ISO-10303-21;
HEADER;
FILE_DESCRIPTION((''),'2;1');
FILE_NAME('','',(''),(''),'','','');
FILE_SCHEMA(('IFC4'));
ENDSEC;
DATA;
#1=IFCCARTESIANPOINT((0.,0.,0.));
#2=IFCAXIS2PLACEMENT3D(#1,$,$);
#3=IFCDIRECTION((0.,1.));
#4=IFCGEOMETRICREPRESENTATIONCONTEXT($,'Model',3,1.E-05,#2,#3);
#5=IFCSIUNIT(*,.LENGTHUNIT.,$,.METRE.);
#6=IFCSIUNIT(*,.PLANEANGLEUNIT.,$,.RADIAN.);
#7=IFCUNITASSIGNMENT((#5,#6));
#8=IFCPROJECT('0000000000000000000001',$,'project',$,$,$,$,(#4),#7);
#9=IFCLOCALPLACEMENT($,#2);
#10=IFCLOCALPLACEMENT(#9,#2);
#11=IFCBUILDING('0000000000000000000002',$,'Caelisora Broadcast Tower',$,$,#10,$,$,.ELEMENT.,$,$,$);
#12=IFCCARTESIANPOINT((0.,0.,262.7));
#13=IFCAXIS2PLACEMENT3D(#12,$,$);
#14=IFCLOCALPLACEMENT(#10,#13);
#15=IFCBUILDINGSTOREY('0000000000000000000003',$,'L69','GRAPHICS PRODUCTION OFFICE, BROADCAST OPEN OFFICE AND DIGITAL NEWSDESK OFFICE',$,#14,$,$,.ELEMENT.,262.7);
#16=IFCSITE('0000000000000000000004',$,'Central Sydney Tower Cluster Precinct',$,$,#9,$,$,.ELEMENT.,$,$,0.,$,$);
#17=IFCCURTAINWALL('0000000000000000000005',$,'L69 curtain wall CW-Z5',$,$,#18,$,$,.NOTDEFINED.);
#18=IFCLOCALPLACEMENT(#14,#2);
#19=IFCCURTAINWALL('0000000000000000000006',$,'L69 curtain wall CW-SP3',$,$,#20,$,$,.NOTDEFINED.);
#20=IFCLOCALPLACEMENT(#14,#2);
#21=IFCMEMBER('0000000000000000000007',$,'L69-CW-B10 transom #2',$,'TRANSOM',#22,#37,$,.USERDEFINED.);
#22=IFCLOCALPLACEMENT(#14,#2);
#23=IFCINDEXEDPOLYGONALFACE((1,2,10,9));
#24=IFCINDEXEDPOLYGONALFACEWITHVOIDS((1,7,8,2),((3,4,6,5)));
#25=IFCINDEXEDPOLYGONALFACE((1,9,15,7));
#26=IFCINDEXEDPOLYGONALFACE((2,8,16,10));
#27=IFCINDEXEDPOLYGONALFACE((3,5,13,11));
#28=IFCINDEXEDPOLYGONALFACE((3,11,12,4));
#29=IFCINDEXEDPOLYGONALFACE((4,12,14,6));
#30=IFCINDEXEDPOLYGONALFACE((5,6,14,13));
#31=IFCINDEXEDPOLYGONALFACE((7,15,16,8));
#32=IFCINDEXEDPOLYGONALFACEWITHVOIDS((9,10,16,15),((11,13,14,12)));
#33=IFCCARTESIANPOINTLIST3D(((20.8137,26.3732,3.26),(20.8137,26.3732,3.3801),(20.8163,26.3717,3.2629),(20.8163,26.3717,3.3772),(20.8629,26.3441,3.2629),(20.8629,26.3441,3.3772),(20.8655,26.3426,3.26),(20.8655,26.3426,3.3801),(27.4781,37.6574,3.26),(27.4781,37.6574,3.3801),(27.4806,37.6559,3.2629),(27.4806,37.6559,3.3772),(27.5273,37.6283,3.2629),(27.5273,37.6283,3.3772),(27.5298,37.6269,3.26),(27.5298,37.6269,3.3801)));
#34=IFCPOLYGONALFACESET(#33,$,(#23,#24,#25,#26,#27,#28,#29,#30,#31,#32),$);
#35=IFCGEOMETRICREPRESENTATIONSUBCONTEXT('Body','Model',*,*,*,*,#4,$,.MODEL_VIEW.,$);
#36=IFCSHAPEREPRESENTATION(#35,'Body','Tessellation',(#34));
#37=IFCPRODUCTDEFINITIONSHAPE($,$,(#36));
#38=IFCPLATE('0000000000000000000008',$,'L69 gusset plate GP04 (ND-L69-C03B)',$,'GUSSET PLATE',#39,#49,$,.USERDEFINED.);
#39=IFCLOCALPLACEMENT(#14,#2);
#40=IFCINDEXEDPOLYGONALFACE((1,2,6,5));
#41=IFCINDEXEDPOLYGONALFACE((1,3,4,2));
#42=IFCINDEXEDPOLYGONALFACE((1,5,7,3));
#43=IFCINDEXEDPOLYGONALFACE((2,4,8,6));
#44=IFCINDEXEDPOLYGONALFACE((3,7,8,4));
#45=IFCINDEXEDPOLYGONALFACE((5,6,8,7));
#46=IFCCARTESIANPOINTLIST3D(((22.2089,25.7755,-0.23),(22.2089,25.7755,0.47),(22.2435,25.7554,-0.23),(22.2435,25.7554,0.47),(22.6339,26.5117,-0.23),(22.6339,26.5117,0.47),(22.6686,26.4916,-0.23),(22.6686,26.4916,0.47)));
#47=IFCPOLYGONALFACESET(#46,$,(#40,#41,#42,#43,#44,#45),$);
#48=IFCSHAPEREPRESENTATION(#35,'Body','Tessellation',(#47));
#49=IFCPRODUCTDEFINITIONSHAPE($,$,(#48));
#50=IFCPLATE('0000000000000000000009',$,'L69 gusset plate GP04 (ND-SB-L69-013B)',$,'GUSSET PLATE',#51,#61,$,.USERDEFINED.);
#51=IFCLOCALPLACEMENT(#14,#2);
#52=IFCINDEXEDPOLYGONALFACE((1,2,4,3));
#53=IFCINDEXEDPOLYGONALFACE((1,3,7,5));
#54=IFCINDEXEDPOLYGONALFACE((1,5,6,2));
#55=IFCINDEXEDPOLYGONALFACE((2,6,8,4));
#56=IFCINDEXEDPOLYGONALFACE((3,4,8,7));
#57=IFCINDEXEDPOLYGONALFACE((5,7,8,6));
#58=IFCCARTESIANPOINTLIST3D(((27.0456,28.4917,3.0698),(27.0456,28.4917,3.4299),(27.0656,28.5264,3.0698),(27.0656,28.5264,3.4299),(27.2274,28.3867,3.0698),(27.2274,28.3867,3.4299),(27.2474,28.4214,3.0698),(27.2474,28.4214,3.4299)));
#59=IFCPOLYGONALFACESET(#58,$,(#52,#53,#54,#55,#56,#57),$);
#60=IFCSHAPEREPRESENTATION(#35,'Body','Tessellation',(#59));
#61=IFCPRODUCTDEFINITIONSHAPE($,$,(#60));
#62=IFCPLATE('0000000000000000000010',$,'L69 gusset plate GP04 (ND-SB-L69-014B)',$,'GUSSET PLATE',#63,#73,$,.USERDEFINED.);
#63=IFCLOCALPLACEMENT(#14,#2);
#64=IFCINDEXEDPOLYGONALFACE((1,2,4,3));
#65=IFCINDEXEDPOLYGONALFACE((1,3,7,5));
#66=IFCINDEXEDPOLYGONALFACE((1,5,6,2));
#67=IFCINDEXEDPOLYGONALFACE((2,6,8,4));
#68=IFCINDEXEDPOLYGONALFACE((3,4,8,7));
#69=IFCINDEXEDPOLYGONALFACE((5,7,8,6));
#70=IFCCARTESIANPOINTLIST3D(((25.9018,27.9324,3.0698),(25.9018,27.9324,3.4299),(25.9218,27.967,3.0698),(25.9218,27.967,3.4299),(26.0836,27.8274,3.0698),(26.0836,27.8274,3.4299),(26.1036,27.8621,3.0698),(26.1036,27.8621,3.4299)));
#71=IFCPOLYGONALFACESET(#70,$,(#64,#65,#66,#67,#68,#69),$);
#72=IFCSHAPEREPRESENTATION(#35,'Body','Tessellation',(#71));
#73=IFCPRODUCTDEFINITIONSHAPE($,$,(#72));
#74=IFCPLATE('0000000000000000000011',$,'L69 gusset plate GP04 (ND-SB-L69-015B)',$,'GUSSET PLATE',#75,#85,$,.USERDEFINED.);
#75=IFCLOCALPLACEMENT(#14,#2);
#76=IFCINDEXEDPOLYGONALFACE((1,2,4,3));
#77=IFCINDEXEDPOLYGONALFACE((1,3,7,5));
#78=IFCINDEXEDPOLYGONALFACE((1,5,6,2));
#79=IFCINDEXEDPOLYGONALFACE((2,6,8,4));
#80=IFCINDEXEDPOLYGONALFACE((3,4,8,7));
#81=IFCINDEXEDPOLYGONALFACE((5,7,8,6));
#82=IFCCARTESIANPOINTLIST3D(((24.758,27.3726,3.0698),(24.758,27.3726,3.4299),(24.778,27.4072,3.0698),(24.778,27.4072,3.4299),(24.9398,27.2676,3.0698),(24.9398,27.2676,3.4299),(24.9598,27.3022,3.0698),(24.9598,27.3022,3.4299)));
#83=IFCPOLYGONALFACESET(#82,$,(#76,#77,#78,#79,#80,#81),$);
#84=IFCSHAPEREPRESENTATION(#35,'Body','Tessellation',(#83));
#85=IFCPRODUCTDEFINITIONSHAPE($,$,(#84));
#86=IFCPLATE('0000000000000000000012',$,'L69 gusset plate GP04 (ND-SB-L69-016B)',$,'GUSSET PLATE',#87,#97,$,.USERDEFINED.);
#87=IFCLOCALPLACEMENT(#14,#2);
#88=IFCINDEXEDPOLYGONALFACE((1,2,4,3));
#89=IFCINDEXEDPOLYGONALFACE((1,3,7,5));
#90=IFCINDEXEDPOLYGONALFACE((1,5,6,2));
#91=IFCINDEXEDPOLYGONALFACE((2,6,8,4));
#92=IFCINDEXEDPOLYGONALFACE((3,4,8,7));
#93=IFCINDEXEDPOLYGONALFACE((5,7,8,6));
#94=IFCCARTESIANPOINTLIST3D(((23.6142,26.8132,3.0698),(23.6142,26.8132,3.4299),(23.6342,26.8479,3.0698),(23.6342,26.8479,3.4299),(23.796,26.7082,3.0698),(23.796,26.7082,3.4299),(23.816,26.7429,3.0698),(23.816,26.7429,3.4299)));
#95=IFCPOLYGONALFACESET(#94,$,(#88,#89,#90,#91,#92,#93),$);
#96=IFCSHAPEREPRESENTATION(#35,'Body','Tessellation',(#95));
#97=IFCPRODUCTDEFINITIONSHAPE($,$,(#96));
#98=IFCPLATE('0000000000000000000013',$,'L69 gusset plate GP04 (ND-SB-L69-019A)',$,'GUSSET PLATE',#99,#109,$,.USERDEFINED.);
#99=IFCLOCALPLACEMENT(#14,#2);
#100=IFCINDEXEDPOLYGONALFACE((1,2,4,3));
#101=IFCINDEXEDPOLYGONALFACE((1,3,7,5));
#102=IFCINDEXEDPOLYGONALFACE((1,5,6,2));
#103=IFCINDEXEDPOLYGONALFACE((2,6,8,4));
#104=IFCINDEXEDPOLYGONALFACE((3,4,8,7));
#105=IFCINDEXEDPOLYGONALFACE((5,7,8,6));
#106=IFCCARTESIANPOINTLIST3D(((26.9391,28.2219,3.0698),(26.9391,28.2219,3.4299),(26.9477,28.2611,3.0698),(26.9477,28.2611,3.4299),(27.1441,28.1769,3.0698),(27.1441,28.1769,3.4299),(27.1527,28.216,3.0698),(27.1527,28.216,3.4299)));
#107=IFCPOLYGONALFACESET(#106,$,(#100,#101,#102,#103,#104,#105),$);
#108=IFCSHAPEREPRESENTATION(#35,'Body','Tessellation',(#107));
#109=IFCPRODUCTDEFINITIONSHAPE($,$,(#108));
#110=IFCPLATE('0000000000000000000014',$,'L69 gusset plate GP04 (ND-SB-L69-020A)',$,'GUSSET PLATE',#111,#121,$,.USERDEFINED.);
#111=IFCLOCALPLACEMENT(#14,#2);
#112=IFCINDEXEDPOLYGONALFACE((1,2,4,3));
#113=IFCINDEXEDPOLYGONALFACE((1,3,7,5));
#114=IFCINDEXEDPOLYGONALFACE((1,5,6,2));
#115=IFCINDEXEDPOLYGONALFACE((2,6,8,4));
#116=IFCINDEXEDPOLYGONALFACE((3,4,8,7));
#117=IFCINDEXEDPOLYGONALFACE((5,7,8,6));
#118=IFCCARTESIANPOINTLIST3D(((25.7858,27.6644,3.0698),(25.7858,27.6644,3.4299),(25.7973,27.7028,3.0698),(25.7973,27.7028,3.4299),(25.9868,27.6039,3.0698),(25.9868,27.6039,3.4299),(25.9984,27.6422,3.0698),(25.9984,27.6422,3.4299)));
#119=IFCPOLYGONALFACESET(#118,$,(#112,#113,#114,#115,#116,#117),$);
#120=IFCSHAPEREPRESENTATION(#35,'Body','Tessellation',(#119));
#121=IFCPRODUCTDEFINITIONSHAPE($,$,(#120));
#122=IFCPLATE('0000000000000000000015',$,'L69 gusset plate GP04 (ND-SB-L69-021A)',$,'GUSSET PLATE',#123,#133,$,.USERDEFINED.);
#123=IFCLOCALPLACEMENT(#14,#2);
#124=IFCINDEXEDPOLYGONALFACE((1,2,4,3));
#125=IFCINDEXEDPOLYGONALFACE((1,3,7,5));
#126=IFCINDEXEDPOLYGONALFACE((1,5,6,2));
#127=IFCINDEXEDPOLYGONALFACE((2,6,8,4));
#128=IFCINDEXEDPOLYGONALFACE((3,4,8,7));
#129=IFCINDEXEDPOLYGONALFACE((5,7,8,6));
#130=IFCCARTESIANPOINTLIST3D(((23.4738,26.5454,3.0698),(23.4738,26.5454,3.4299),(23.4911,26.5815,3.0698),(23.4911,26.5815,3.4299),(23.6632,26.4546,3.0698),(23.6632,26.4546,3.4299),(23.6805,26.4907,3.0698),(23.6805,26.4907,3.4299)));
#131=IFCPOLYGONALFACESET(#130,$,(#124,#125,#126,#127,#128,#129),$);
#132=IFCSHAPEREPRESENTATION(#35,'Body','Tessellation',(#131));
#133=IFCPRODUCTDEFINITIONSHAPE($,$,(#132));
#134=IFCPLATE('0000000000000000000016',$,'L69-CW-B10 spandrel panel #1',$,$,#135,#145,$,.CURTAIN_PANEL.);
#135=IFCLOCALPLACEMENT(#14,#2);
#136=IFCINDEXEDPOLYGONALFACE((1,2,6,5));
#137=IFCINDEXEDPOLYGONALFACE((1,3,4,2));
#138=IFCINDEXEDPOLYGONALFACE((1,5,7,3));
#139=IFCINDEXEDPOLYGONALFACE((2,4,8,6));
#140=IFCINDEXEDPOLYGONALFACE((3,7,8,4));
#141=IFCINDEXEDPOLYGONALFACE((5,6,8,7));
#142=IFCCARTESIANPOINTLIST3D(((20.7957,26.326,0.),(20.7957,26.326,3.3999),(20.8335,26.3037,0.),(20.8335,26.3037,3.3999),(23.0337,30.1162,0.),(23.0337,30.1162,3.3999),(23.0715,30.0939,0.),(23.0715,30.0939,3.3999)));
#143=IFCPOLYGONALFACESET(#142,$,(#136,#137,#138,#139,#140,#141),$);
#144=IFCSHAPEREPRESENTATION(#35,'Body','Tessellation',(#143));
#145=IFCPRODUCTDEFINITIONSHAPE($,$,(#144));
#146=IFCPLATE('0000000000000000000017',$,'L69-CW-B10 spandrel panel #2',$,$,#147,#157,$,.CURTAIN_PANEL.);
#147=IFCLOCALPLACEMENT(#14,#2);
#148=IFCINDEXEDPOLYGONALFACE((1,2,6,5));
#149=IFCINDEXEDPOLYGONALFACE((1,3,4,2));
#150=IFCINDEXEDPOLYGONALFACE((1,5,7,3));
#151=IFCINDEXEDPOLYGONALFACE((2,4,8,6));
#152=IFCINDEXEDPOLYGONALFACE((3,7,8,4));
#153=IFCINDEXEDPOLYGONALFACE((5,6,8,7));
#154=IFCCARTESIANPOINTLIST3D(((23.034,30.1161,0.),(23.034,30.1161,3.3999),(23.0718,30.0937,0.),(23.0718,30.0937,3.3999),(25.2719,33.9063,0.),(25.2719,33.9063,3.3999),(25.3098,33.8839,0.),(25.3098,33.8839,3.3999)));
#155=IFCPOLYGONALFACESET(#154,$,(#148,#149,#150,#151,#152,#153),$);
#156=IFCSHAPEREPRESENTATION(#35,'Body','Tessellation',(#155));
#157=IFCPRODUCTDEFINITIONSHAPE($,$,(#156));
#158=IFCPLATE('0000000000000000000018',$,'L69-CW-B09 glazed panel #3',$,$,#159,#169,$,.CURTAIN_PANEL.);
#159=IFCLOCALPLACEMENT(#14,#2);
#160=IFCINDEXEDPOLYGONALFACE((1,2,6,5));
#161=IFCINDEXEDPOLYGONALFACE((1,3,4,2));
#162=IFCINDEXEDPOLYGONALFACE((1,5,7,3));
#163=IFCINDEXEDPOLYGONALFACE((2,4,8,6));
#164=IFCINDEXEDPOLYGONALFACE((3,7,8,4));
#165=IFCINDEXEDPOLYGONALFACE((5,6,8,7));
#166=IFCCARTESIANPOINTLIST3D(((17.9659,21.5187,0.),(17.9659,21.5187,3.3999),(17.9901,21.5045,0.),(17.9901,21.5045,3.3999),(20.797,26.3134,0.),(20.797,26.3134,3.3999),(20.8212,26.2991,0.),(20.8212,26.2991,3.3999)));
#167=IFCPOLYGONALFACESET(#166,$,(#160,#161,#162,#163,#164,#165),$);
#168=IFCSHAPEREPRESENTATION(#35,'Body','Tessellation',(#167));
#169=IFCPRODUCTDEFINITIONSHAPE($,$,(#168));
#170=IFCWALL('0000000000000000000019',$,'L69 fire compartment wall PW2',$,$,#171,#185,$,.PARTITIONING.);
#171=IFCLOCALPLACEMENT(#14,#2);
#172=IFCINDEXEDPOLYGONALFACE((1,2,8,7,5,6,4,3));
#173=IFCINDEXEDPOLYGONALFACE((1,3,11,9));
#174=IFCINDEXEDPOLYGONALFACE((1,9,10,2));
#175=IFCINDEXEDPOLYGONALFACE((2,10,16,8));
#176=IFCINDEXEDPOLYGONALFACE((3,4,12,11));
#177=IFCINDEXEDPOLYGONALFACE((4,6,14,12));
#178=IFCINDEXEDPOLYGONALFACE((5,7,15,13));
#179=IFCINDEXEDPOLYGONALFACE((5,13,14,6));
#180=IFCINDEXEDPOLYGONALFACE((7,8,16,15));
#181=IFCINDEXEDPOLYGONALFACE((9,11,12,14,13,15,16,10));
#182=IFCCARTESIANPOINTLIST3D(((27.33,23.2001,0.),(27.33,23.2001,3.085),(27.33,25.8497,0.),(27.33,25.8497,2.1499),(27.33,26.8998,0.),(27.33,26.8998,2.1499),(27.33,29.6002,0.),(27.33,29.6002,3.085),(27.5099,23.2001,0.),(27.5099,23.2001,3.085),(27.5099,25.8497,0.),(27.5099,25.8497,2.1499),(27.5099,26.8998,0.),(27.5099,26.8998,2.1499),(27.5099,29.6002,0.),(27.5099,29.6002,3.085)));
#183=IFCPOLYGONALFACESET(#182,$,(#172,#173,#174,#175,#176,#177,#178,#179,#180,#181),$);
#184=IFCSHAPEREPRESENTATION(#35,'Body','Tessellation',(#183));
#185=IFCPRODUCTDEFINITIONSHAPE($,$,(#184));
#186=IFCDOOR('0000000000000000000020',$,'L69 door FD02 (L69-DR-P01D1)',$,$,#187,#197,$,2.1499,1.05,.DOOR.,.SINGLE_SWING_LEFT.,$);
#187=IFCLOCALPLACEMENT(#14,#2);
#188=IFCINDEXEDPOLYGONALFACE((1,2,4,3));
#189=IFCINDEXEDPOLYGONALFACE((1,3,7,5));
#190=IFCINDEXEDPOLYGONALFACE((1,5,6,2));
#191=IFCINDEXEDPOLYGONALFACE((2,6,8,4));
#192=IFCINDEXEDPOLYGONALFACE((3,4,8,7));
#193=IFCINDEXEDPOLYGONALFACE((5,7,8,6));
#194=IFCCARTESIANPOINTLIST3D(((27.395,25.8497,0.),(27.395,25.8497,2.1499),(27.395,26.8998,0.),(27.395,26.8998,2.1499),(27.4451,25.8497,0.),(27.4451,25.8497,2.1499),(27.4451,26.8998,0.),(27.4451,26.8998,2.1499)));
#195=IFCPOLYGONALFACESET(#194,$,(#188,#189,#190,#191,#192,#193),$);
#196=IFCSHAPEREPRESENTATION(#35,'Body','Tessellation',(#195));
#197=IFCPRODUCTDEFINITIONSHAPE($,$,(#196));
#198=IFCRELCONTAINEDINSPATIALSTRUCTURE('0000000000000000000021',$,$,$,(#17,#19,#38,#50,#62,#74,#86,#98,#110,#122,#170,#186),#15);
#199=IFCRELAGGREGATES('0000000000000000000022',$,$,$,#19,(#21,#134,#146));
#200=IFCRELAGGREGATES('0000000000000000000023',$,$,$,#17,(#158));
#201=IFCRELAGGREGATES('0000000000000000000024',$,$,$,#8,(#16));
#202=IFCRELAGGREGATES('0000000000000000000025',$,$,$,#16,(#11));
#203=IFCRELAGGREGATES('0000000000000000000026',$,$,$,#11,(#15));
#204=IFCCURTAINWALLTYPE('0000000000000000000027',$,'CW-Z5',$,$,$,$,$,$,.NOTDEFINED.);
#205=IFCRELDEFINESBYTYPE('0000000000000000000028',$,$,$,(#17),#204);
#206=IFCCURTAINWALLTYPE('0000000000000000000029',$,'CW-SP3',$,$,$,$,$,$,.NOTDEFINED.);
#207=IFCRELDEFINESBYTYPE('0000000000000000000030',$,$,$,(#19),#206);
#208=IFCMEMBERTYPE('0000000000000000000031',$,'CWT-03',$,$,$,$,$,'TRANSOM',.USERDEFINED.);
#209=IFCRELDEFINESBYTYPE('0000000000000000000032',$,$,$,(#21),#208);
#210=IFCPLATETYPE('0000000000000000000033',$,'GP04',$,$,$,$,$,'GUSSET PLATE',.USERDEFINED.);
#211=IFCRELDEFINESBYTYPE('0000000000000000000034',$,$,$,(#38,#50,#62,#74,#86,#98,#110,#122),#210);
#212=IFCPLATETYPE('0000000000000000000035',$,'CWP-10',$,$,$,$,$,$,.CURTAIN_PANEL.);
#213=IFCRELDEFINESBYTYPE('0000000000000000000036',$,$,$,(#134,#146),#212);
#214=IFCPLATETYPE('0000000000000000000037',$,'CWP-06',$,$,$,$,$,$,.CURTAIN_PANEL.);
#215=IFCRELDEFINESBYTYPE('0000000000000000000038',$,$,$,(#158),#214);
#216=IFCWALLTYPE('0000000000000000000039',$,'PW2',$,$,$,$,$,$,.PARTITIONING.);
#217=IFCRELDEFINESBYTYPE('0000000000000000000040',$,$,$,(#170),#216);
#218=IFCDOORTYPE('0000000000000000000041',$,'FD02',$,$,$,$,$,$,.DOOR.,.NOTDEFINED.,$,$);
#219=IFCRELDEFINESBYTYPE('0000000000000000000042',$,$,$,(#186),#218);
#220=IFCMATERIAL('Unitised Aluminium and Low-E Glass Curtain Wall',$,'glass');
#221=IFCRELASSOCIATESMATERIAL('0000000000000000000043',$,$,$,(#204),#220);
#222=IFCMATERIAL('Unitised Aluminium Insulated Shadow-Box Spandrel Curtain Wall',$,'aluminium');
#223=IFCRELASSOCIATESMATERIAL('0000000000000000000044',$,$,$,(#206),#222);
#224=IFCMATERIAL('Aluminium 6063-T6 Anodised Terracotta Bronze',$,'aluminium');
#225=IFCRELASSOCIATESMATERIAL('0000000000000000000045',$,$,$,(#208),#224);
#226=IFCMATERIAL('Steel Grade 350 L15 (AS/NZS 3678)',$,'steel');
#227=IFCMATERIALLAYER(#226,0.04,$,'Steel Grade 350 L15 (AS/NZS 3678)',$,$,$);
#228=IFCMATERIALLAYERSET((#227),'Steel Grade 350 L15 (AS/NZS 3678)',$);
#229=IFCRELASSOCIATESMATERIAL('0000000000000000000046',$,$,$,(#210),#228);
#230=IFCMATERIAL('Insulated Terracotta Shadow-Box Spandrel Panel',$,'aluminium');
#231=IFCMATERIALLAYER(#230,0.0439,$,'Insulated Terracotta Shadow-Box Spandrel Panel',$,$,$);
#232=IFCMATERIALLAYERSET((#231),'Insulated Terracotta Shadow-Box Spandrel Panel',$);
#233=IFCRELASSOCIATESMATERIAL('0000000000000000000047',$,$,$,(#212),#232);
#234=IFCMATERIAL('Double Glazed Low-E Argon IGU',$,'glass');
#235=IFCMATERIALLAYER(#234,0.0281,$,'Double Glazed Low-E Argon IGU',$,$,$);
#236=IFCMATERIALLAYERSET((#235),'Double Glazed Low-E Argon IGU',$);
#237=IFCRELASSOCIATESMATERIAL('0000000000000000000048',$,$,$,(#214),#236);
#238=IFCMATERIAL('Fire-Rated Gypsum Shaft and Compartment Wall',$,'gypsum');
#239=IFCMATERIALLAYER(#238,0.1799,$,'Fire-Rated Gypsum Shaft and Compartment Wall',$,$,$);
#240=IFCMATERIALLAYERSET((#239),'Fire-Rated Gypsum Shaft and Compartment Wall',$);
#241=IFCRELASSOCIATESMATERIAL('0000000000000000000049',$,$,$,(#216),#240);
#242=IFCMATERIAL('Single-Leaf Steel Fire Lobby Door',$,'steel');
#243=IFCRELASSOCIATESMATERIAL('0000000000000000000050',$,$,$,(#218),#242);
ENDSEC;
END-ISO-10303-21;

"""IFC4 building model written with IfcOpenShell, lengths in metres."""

from ifc_helpers import new_model, si_unit, direction, frame, frame_2d, origin, origin_2d, place, context, subcontext, project, spatial, rectangle, hollow_rectangle, extrude, source, transform, mapped, material, layer, layer_set, material_profile, profile_set, type_object, type_shapes, element, fill, aggregate, save


model = new_model("IFC4")

# Units and contexts
model_context = context("Model", 3, precision=1e-05, world=origin(), true_north=direction((0.0, 1.0)))
body_context = subcontext(model_context, "Body", "Model", "MODEL_VIEW")
ifc_project = project(units=[si_unit("LENGTHUNIT", "METRE"), si_unit("PLANEANGLEUNIT", "RADIAN")], contexts=[model_context])

# Site, building, storey
site_placement = place(None, origin())
site = spatial("IfcSite", under=ifc_project, at=site_placement, Name="Central Sydney Tower Cluster Precinct", CompositionType="ELEMENT", RefElevation=0.0)
building_placement = place(site_placement, origin())
building = spatial("IfcBuilding", under=site, at=building_placement, Name="Caelisora Broadcast Tower", CompositionType="ELEMENT")
storey_placement = place(building_placement, frame((0.0, 0.0, 262.7)))
storey = spatial("IfcBuildingStorey", under=building, at=storey_placement, Name="L69", Description="GRAPHICS PRODUCTION OFFICE, BROADCAST OPEN OFFICE AND DIGITAL NEWSDESK OFFICE", CompositionType="ELEMENT", Elevation=262.7)

# Shared definitions
ifc_material_1 = material(Name="Steel Grade 350 L15 (AS/NZS 3678)", Category="steel")

# Curtain wall
ifc_material_2 = material(Name="Unitised Aluminium and Low-E Glass Curtain Wall", Category="glass")
curtain_wall_type_1 = type_object("IfcCurtainWallType", Name="CW-Z5", PredefinedType="NOTDEFINED", material=ifc_material_2)
curtain_wall_1_placement = place(storey_placement, origin())
curtain_wall_1 = element("IfcCurtainWall", 1, at=curtain_wall_1_placement, inside=storey, type_object=curtain_wall_type_1, Name="L69 curtain wall CW-Z5", PredefinedType="NOTDEFINED")
ifc_material_3 = material(Name="Aluminium 6063-T6 Anodised Terracotta Bronze", Category="aluminium")

# Curtain wall, member
ifc_material_4 = material(Name="Unitised Aluminium Insulated Shadow-Box Spandrel Curtain Wall", Category="aluminium")
curtain_wall_type_2 = type_object("IfcCurtainWallType", Name="CW-SP3", PredefinedType="NOTDEFINED", material=ifc_material_4)
curtain_wall_2_placement = place(storey_placement, origin())
curtain_wall_2 = element("IfcCurtainWall", 2, at=curtain_wall_2_placement, inside=storey, type_object=curtain_wall_type_2, Name="L69 curtain wall CW-SP3", PredefinedType="NOTDEFINED")
ifc_material_profile_1 = material_profile(ifc_material_3, hollow_rectangle(XDim=0.0601, YDim=0.1201, WallThickness=0.0029, at=origin_2d()), Name="Aluminium 6063-T6 Anodised Terracotta Bronze")
ifc_profile_set_1 = profile_set([ifc_material_profile_1], Name="Aluminium 6063-T6 Anodised Terracotta Bronze")
member_type_1 = type_object("IfcMemberType", Name="CWT-03", ElementType="TRANSOM", PredefinedType="USERDEFINED", material=ifc_profile_set_1)
shared_shape_1 = source(origin(), body_context, "Body", "SweptSolid", [
    extrude(hollow_rectangle(XDim=0.0601, YDim=0.1201, WallThickness=0.0029, at=origin_2d()), origin(), (0.0, 0.0, 1.0), 13.1052),
])
type_shapes(member_type_1, [shared_shape_1])
member_1_placement = place(storey_placement, frame((20.8396, 26.3579, 3.3201), z_axis=(0.508525, 0.861047, 0.0), x_axis=(-0.861047, 0.508525, 0.0)))
member_1 = element("IfcMember", 3, at=member_1_placement, type_object=member_type_1, Name="L69-CW-B10 transom #2", ObjectType="TRANSOM", PredefinedType="USERDEFINED", context=body_context, shape_type="MappedRepresentation", body=[
    mapped(shared_shape_1, transform((0.0, 0.0, 0.0), scale=1.0)),
])

# Plates
ifc_layer_1 = layer(ifc_material_1, 0.04, Name="Steel Grade 350 L15 (AS/NZS 3678)")
ifc_layer_set_1 = layer_set([ifc_layer_1], Name="Steel Grade 350 L15 (AS/NZS 3678)")
plate_type_1 = type_object("IfcPlateType", Name="GP04", ElementType="GUSSET PLATE", PredefinedType="USERDEFINED", material=ifc_layer_set_1)
shared_shape_2 = source(origin(), body_context, "Body", "SweptSolid", [
    extrude(rectangle(XDim=0.8501, YDim=0.04, at=origin_2d()), origin(), (0.0, 0.0, 1.0), 0.7),
])
plate_1_placement = place(storey_placement, frame((22.4387, 26.1335, -0.23), z_axis=(0.0, 0.0, 1.0), x_axis=(-0.5, -0.866025, 0.0)))
element("IfcPlate", 4, at=plate_1_placement, inside=storey, type_object=plate_type_1, Name="L69 gusset plate GP04 (ND-L69-C03B)", ObjectType="GUSSET PLATE", PredefinedType="USERDEFINED", context=body_context, shape_type="MappedRepresentation", body=[
    mapped(shared_shape_2, transform((0.0, 0.0, 0.0), scale=1.0)),
])
shared_shape_3 = source(origin(), body_context, "Body", "SweptSolid", [
    extrude(rectangle(XDim=0.21, YDim=0.04, at=origin_2d()), origin(), (0.0, 0.0, 1.0), 0.3601),
])
type_shapes(plate_type_1, [shared_shape_2, shared_shape_3])
for number, where, z_axis, x_axis, name in (
    (5, (27.1465, 28.4565, 3.0698), (0.0, 0.0, 1.0), (0.866025, -0.5, 0.0), "L69 gusset plate GP04 (ND-SB-L69-013B)"),
    (6, (26.0027, 27.8972, 3.0698), (0.0, 0.0, 1.0), (0.866025, -0.5, 0.0), "L69 gusset plate GP04 (ND-SB-L69-014B)"),
    (7, (24.8589, 27.3374, 3.0698), (0.0, 0.0, 1.0), (0.866025, -0.5, 0.0), "L69 gusset plate GP04 (ND-SB-L69-015B)"),
    (8, (23.7151, 26.7781, 3.0698), (0.0, 0.0, 1.0), (0.866025, -0.5, 0.0), "L69 gusset plate GP04 (ND-SB-L69-016B)"),
    (9, (27.0459, 28.219, 3.0698), (0.0, 0.0, 1.0), (0.976747, -0.214394, 0.0), "L69 gusset plate GP04 (ND-SB-L69-019A)"),
    (10, (25.8921, 27.6533, 3.0698), (0.0, 0.0, 1.0), (0.957521, -0.288363, 0.0), "L69 gusset plate GP04 (ND-SB-L69-020A)"),
    (11, (23.5771, 26.5181, 3.0698), (0.0, 0.0, 1.0), (0.901682, -0.432401, 0.0), "L69 gusset plate GP04 (ND-SB-L69-021A)"),
):
    element("IfcPlate", number, at=place(storey_placement, frame(where, z_axis=z_axis, x_axis=x_axis)), inside=storey, type_object=plate_type_1, Name=name, ObjectType="GUSSET PLATE", PredefinedType="USERDEFINED", context=body_context, shape_type="MappedRepresentation", body=[
        mapped(shared_shape_3, transform((0.0, 0.0, 0.0), scale=1.0)),
    ])

# Plates
ifc_material_5 = material(Name="Insulated Terracotta Shadow-Box Spandrel Panel", Category="aluminium")
ifc_layer_2 = layer(ifc_material_5, 0.0439, Name="Insulated Terracotta Shadow-Box Spandrel Panel")
ifc_layer_set_2 = layer_set([ifc_layer_2], Name="Insulated Terracotta Shadow-Box Spandrel Panel")
plate_type_2 = type_object("IfcPlateType", Name="CWP-10", PredefinedType="CURTAIN_PANEL", material=ifc_layer_set_2)
shared_shape_4 = source(origin(), body_context, "Body", "SweptSolid", [
    extrude(rectangle(XDim=4.4016, YDim=0.0439, at=origin_2d()), origin(), (0.0, 0.0, 1.0), 3.3999),
])
type_shapes(plate_type_2, [shared_shape_4])
plate_2_placement = place(storey_placement, frame((21.9336, 28.21, 0.0), z_axis=(0.0, 0.0, 1.0), x_axis=(0.50844, 0.861097, 0.0)))
plate_2 = element("IfcPlate", 12, at=plate_2_placement, type_object=plate_type_2, Name="L69-CW-B10 spandrel panel #1", PredefinedType="CURTAIN_PANEL", context=body_context, shape_type="MappedRepresentation", body=[
    mapped(shared_shape_4, transform((0.0, 0.0, 0.0), scale=1.0)),
])
plate_3_placement = place(storey_placement, frame((24.1719, 32.0, 0.0), z_axis=(0.0, 0.0, 1.0), x_axis=(0.50844, 0.861097, 0.0)))
plate_3 = element("IfcPlate", 13, at=plate_3_placement, type_object=plate_type_2, Name="L69-CW-B10 spandrel panel #2", PredefinedType="CURTAIN_PANEL", context=body_context, shape_type="MappedRepresentation", body=[
    mapped(shared_shape_4, transform((0.0, 0.0, 0.0), scale=1.0)),
])
aggregate(curtain_wall_2, [member_1, plate_2, plate_3])
ifc_material_6 = material(Name="Double Glazed Low-E Argon IGU", Category="glass")
ifc_layer_3 = layer(ifc_material_6, 0.0281, Name="Double Glazed Low-E Argon IGU")
ifc_layer_set_3 = layer_set([ifc_layer_3], Name="Double Glazed Low-E Argon IGU")
plate_type_3 = type_object("IfcPlateType", Name="CWP-06", PredefinedType="CURTAIN_PANEL", material=ifc_layer_set_3)
shared_shape_5 = source(origin(), body_context, "Body", "SweptSolid", [
    extrude(rectangle(XDim=5.5681, YDim=0.0281, at=origin_2d()), origin(), (0.0, 0.0, 1.0), 3.3999),
])
type_shapes(plate_type_3, [shared_shape_5])
plate_4_placement = place(storey_placement, frame((19.3936, 23.9089, 0.0), z_axis=(0.0, 0.0, 1.0), x_axis=(0.50844, 0.861097, 0.0)))
plate_4 = element("IfcPlate", 14, at=plate_4_placement, type_object=plate_type_3, Name="L69-CW-B09 glazed panel #3", PredefinedType="CURTAIN_PANEL", context=body_context, shape_type="MappedRepresentation", body=[
    mapped(shared_shape_5, transform((0.0, 0.0, 0.0), scale=1.0)),
])
aggregate(curtain_wall_1, [plate_4])

# Wall, opening, door
ifc_material_7 = material(Name="Fire-Rated Gypsum Shaft and Compartment Wall", Category="gypsum")
ifc_layer_4 = layer(ifc_material_7, 0.1799, Name="Fire-Rated Gypsum Shaft and Compartment Wall")
ifc_layer_set_4 = layer_set([ifc_layer_4], Name="Fire-Rated Gypsum Shaft and Compartment Wall")
wall_type_1 = type_object("IfcWallType", Name="PW2", PredefinedType="PARTITIONING", material=ifc_layer_set_4)
wall_1_placement = place(storey_placement, frame((27.4199, 23.2, 0.0), z_axis=(0.0, 0.0, 1.0), x_axis=(0.0, 1.0, 0.0)))
wall_1 = element("IfcWall", 15, at=wall_1_placement, inside=storey, type_object=wall_type_1, Name="L69 fire compartment wall PW2", PredefinedType="PARTITIONING", context=body_context, shape_type="SweptSolid", body=[
    extrude(rectangle(XDim=6.4001, YDim=0.1799, at=frame_2d((3.2002, 0.0))), origin(), (0.0, 0.0, 1.0), 3.085),
])
opening_1_placement = place(wall_1_placement, frame((2.6499, 0.0, 0.0)))
opening_1 = element("IfcOpeningElement", 16, at=opening_1_placement, cuts=wall_1, PredefinedType="OPENING", context=body_context, shape_type="SweptSolid", body=[
    extrude(rectangle(XDim=1.05, YDim=2.1499, at=frame_2d((0.5249, 1.075))), frame((0.0, 0.1021, 0.0), z_axis=(0.0, -1.0, 0.0), x_axis=(1.0, 0.0, 0.0)), (0.0, 0.0, 1.0), 0.2039),
])
ifc_material_8 = material(Name="Single-Leaf Steel Fire Lobby Door", Category="steel")
door_type_1 = type_object("IfcDoorType", Name="FD02", OperationType="NOTDEFINED", PredefinedType="DOOR", material=ifc_material_8)
door_1_placement = place(opening_1_placement, origin())
door_1 = element("IfcDoor", 17, at=door_1_placement, inside=storey, type_object=door_type_1, Name="L69 door FD02 (L69-DR-P01D1)", OperationType="SINGLE_SWING_LEFT", OverallHeight=2.1499, OverallWidth=1.05, PredefinedType="DOOR", context=body_context, shape_type="SweptSolid", body=[
    extrude(rectangle(XDim=1.05, YDim=2.1499, at=frame_2d((0.5249, 1.075))), frame((0.0, 0.0249, 0.0), z_axis=(0.0, -1.0, 0.0), x_axis=(1.0, 0.0, 0.0)), (0.0, 0.0, 1.0), 0.05),
])
fill(opening_1, door_1)

save(model, "model.ifc")
